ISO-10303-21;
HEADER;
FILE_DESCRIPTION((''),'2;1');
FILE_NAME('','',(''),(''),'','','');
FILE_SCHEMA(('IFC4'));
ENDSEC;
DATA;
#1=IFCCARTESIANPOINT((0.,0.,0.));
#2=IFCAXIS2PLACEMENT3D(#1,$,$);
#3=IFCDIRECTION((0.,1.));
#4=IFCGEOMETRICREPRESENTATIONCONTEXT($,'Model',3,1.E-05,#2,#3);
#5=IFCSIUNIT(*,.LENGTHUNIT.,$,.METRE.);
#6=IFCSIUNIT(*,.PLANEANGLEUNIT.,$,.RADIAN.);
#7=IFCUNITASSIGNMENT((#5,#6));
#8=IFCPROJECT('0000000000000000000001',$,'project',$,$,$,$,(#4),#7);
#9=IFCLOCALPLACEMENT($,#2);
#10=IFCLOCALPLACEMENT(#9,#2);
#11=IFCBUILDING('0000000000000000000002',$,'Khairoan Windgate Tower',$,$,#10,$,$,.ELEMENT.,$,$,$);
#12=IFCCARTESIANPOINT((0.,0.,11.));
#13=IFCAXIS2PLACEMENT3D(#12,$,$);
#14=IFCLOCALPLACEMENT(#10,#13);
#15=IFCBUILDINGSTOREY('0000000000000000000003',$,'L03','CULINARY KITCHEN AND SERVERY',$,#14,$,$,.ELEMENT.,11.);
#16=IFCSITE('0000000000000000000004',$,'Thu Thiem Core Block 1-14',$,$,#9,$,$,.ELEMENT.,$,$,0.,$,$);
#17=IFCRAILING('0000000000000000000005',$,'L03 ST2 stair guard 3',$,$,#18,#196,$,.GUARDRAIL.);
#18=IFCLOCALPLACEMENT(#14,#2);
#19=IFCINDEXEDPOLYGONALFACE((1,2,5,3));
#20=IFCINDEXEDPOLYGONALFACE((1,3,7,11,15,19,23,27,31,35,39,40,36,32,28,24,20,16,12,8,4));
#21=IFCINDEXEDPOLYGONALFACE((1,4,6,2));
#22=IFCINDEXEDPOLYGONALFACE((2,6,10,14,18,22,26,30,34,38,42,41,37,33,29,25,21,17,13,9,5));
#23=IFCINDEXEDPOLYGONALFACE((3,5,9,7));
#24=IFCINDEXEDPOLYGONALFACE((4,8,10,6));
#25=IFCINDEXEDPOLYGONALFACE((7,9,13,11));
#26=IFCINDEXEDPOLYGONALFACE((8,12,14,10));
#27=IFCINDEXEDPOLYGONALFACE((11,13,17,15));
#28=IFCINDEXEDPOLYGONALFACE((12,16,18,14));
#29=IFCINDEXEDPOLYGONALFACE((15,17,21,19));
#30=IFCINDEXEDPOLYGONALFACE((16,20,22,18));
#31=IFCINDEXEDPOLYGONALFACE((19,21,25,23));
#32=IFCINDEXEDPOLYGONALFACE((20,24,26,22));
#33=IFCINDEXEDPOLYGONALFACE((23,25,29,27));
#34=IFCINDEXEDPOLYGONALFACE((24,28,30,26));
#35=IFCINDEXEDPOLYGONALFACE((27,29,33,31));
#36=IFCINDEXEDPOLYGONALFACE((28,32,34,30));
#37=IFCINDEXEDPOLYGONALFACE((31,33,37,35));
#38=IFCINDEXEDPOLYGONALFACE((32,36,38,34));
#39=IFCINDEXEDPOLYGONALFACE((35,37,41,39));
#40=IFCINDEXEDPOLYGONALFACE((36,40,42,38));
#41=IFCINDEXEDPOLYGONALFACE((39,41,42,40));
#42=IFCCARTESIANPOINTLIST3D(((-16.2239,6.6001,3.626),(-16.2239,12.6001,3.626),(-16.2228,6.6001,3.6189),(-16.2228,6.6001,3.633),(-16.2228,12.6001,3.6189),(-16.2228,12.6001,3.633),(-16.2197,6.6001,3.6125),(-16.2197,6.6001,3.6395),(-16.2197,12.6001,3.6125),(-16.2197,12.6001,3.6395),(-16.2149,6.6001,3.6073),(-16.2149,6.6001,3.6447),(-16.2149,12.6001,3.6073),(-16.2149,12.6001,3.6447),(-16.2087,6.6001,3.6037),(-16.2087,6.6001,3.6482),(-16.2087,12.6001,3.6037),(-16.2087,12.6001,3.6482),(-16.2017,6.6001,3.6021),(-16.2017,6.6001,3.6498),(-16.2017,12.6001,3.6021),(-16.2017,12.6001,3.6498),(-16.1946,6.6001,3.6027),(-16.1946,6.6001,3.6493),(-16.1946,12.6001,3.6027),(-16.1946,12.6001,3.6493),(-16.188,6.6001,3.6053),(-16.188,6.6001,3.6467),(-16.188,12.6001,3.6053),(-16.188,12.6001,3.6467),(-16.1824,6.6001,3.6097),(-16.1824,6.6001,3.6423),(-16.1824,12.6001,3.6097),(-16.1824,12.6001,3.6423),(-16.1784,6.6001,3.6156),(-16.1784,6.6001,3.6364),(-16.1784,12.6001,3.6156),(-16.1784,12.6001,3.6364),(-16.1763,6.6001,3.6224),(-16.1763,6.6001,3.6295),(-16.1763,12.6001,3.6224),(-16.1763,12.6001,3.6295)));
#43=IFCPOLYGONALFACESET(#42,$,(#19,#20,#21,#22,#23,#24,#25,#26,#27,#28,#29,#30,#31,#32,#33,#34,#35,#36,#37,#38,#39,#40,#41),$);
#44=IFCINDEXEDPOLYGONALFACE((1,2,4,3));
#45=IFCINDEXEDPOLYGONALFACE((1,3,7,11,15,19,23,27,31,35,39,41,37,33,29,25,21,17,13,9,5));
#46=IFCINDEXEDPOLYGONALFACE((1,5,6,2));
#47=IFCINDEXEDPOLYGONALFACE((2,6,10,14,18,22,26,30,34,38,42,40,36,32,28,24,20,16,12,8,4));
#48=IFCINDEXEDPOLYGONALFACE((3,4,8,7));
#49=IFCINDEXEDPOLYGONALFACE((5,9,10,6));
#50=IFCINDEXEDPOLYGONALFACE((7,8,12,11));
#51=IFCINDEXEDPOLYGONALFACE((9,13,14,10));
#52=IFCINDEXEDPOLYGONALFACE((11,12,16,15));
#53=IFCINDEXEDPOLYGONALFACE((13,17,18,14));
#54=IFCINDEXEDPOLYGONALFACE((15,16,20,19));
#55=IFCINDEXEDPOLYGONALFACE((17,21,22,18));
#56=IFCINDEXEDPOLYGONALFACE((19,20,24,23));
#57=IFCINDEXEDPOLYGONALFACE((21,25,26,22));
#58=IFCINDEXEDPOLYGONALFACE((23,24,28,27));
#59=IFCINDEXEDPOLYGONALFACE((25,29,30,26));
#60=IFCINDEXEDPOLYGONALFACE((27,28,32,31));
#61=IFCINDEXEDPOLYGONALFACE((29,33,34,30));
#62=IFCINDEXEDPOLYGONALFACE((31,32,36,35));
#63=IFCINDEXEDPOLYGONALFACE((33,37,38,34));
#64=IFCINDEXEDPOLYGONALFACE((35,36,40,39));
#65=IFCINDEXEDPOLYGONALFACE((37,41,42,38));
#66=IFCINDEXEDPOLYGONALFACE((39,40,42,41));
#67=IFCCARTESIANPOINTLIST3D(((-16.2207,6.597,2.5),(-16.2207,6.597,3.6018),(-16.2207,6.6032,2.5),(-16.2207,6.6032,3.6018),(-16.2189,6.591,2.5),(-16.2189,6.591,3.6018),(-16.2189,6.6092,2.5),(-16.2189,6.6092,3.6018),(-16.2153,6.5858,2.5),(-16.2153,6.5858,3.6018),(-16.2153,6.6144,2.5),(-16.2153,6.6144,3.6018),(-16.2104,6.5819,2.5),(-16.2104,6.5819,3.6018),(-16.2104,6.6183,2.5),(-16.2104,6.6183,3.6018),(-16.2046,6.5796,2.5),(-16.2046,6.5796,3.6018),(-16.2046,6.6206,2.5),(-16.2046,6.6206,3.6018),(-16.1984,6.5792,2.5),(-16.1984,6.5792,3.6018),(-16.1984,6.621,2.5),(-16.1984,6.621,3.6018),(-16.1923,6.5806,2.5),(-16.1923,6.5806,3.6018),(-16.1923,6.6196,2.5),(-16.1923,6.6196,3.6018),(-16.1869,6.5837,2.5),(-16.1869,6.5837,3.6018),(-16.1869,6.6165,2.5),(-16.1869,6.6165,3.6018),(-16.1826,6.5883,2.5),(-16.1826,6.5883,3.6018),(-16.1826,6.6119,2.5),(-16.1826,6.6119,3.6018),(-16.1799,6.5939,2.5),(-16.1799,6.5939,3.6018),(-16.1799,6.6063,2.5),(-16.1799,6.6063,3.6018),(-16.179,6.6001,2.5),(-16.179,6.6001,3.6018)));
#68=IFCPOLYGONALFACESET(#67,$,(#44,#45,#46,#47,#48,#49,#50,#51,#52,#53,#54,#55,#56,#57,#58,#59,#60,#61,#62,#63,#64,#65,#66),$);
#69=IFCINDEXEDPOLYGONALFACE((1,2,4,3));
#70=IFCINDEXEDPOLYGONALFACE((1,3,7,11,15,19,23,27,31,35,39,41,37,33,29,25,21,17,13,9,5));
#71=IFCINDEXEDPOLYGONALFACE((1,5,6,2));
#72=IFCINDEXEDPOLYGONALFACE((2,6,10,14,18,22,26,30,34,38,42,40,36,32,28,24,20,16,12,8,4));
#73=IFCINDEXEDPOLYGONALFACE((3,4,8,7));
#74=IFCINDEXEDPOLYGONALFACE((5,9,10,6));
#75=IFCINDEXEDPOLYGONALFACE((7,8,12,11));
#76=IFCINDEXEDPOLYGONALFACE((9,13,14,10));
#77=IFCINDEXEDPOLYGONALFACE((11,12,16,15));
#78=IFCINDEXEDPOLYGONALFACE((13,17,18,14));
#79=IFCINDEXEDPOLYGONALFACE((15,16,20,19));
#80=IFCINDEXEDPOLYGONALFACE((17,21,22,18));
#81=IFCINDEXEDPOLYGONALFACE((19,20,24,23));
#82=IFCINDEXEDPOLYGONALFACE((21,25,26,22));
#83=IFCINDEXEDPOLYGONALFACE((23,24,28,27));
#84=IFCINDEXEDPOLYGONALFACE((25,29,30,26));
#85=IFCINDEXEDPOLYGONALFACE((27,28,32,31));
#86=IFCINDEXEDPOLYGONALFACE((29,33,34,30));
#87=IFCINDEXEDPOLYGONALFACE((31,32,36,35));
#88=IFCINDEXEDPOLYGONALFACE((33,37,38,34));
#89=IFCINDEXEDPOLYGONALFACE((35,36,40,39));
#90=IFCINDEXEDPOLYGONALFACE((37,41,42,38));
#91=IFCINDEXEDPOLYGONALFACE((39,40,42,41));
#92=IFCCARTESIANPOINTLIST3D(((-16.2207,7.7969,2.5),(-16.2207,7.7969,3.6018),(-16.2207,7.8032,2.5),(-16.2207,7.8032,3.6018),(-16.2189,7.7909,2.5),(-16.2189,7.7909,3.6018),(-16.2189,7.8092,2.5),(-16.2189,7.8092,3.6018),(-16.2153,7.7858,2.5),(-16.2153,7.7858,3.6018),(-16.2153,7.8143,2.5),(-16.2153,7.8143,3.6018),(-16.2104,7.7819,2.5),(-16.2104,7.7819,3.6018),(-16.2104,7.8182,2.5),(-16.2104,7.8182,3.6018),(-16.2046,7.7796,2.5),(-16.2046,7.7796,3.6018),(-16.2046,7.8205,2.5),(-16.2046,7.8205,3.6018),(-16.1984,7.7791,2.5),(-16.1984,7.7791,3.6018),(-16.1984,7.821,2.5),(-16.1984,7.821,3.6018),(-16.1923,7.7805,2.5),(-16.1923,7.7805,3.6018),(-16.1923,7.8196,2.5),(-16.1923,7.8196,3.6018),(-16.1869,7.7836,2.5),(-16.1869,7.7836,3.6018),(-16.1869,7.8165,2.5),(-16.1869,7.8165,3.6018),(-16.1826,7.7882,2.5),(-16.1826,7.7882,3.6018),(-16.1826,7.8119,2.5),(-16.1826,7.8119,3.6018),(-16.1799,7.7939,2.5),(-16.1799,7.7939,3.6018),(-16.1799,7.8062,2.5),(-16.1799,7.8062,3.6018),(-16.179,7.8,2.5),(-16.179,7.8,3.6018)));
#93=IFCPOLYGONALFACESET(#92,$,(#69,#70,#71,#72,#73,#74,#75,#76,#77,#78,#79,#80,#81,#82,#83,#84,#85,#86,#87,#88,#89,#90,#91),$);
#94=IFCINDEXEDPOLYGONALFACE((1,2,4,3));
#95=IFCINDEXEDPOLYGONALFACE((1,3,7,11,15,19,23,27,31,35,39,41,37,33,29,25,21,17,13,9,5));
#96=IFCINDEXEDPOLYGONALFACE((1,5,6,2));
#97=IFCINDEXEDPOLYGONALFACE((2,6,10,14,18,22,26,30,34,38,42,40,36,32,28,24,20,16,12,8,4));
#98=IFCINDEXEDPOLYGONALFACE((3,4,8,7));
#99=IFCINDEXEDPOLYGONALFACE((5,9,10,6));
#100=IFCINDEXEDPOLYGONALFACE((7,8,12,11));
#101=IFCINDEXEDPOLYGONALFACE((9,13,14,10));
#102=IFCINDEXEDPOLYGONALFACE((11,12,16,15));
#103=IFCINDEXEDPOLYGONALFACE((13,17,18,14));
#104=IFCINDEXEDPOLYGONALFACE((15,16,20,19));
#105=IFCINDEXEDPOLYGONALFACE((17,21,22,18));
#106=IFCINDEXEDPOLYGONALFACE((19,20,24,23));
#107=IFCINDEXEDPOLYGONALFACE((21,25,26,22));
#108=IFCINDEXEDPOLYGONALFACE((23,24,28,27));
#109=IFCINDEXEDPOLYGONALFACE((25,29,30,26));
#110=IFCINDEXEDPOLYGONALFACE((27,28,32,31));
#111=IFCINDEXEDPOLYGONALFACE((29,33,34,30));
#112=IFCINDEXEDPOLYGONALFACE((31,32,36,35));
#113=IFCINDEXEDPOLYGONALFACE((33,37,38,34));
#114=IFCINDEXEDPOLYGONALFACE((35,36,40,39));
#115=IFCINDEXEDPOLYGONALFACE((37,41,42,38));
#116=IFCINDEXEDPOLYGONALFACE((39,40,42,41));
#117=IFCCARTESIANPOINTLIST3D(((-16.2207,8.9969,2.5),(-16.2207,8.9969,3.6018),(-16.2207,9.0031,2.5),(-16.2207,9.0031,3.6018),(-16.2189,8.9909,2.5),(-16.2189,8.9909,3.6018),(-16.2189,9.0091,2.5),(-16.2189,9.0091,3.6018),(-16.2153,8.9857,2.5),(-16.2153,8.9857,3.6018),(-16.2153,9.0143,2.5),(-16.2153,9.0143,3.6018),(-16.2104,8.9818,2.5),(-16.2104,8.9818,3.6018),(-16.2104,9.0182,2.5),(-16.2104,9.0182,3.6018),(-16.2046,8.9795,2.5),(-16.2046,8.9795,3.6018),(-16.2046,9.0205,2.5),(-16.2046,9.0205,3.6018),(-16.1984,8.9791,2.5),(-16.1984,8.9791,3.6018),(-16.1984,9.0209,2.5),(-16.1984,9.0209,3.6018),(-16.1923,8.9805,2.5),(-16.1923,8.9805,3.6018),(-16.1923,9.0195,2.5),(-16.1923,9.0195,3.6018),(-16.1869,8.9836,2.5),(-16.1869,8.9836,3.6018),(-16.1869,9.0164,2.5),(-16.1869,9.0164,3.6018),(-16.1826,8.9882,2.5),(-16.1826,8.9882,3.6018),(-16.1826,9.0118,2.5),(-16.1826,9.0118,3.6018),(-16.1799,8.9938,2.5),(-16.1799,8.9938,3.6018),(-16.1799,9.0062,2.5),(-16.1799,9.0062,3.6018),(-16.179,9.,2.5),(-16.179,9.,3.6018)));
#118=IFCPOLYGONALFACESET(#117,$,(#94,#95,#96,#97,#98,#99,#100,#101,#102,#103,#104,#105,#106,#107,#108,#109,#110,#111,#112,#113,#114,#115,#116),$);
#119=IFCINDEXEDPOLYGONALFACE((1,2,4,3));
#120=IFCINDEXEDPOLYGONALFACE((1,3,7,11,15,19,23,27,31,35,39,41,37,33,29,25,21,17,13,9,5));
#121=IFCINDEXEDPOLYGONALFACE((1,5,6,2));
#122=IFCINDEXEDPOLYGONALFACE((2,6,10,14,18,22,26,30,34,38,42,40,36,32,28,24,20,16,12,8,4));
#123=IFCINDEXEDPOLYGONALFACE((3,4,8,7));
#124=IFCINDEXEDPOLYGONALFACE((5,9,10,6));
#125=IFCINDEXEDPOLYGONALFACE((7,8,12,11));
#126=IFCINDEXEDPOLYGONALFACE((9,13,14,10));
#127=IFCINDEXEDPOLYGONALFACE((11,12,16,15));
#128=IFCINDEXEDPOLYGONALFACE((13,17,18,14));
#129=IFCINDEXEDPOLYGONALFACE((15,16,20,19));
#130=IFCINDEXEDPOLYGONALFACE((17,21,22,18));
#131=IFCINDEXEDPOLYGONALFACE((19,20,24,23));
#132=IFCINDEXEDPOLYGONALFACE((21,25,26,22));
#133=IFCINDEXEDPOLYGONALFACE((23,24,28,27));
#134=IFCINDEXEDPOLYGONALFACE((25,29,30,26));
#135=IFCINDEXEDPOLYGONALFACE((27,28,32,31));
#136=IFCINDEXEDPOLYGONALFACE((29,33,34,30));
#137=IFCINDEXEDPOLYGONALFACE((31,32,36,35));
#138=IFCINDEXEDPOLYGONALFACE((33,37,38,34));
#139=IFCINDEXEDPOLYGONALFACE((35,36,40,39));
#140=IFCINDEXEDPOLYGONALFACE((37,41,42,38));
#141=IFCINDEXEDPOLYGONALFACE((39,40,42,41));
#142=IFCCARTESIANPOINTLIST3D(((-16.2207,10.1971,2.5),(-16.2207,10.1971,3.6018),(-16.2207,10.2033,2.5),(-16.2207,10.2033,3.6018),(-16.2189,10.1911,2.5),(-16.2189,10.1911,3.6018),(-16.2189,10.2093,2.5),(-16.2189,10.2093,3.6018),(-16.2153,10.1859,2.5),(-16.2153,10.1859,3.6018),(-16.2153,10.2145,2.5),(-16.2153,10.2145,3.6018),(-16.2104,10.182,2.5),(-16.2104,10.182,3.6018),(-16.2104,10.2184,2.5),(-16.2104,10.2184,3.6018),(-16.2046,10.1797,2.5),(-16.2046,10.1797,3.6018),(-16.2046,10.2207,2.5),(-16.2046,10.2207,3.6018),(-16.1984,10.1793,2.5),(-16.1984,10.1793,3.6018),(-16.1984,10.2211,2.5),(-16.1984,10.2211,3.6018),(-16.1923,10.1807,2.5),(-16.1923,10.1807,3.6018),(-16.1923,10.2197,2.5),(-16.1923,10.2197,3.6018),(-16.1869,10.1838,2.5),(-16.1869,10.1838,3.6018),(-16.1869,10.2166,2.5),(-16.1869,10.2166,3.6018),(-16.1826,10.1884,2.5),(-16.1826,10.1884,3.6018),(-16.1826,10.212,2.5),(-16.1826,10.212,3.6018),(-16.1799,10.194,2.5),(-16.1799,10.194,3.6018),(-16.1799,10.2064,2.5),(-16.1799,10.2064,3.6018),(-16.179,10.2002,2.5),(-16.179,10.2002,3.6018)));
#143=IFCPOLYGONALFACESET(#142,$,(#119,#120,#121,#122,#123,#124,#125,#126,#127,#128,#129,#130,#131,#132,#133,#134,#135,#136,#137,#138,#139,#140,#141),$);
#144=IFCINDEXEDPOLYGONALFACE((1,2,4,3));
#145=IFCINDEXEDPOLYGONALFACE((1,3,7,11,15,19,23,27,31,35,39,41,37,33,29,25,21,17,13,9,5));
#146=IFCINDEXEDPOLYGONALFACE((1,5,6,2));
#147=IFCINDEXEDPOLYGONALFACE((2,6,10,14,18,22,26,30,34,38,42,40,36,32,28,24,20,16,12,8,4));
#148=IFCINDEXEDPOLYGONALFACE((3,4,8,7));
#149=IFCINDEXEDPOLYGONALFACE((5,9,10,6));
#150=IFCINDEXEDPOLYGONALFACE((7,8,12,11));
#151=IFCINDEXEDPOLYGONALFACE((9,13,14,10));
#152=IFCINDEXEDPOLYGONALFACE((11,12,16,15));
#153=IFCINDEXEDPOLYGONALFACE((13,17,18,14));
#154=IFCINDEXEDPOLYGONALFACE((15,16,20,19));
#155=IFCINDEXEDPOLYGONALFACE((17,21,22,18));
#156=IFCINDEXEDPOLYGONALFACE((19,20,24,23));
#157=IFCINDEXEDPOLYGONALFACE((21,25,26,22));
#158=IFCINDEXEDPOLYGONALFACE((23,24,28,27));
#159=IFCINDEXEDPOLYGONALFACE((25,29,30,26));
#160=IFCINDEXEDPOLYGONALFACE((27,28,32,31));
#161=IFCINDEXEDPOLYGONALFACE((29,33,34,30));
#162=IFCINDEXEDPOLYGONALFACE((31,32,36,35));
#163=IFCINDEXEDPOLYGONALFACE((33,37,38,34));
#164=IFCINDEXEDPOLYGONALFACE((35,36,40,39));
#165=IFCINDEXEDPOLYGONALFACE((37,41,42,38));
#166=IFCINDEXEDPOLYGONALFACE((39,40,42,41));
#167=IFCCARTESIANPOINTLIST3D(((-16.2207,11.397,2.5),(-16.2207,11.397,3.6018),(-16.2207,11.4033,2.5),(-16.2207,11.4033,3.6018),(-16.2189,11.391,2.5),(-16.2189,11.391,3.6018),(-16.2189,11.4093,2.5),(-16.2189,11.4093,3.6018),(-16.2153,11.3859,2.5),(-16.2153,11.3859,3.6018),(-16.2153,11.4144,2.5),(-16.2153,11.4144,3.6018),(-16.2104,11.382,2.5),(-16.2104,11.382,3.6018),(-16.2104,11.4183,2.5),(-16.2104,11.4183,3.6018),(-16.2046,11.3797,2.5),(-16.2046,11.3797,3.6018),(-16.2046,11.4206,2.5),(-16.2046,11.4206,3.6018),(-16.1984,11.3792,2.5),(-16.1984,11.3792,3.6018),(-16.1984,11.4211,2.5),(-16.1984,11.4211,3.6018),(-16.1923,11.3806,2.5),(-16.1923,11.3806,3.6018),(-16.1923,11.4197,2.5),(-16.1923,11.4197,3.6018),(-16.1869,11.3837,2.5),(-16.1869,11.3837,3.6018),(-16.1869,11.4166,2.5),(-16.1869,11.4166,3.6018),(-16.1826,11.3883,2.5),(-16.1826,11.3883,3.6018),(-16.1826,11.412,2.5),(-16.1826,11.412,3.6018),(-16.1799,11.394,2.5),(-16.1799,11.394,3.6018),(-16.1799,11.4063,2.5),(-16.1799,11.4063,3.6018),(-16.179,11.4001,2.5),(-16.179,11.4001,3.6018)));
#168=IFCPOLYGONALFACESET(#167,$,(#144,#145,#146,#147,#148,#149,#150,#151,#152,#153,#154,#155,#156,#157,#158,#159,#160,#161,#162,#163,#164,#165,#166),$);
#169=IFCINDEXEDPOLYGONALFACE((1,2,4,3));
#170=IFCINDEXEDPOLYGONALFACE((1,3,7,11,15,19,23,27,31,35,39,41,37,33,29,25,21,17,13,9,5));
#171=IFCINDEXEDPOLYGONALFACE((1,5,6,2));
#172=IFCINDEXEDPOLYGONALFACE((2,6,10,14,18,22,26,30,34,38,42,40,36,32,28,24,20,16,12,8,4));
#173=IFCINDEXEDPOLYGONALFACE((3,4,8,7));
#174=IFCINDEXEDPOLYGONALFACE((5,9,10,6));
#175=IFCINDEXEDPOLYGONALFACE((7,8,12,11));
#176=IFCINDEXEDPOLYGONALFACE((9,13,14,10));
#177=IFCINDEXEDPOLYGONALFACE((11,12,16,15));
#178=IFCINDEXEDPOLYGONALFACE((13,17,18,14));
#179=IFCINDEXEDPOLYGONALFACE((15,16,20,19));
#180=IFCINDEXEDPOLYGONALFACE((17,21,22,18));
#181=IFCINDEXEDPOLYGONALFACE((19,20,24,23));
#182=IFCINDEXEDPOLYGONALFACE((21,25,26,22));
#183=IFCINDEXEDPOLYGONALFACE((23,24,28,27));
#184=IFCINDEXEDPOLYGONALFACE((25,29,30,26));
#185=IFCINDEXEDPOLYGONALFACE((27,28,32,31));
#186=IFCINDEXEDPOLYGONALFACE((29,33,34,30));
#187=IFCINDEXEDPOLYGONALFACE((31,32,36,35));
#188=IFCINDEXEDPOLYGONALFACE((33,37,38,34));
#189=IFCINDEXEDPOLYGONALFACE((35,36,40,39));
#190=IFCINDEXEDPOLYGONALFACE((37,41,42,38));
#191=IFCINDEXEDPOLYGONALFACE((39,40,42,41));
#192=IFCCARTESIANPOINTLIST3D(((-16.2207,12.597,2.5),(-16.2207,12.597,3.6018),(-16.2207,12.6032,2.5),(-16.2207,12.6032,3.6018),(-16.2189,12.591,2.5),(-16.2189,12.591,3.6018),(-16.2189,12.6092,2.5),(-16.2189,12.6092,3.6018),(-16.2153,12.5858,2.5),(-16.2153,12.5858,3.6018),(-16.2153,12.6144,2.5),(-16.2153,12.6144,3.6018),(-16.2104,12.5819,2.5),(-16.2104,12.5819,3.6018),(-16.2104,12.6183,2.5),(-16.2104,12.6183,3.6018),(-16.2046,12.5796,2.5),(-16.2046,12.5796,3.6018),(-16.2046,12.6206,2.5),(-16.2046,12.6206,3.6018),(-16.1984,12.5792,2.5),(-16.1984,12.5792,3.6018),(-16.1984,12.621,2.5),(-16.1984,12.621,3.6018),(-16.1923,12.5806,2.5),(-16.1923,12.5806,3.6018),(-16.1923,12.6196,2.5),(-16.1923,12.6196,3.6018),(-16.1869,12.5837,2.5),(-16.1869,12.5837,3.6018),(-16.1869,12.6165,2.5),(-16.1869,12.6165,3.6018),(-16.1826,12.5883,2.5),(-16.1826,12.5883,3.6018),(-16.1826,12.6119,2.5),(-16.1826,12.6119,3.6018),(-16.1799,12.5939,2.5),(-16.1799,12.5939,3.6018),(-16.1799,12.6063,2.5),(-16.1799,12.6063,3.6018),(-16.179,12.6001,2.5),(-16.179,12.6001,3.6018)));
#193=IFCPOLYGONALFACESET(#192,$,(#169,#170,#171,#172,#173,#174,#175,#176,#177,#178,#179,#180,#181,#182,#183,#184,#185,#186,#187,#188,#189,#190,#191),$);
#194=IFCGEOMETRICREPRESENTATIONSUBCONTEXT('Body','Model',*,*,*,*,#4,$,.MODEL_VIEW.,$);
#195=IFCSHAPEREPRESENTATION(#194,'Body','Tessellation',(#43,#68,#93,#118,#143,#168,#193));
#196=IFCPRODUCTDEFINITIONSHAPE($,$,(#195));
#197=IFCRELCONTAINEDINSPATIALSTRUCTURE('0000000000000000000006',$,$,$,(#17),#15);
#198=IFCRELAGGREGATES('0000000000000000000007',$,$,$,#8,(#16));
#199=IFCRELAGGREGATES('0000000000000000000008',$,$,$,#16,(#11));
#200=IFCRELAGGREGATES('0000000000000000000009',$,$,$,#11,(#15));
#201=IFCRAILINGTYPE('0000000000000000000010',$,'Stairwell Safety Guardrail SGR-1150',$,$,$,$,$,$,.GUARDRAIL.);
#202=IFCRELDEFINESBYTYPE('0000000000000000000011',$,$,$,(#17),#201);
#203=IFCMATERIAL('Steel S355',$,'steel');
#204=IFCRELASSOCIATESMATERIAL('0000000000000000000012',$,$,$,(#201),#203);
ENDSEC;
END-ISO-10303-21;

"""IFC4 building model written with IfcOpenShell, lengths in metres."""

from ifc_helpers import new_model, si_unit, direction, frame, origin, origin_2d, place, context, subcontext, project, spatial, circle, extrude, material, type_object, element, save


model = new_model("IFC4")

# Units and contexts
model_context = context("Model", 3, precision=1e-05, world=origin(), true_north=direction((0.0, 1.0)))
body_context = subcontext(model_context, "Body", "Model", "MODEL_VIEW")
ifc_project = project(units=[si_unit("LENGTHUNIT", "METRE"), si_unit("PLANEANGLEUNIT", "RADIAN")], contexts=[model_context])

# Site, building, storey
site_placement = place(None, origin())
site = spatial("IfcSite", under=ifc_project, at=site_placement, Name="Thu Thiem Core Block 1-14", CompositionType="ELEMENT", RefElevation=0.0)
building_placement = place(site_placement, origin())
building = spatial("IfcBuilding", under=site, at=building_placement, Name="Khairoan Windgate Tower", CompositionType="ELEMENT")
storey_placement = place(building_placement, frame((0.0, 0.0, 11.0)))
storey = spatial("IfcBuildingStorey", under=building, at=storey_placement, Name="L03", Description="CULINARY KITCHEN AND SERVERY", CompositionType="ELEMENT", Elevation=11.0)

# Railing
ifc_material_1 = material(Name="Steel S355", Category="steel")
railing_type_1 = type_object("IfcRailingType", Name="Stairwell Safety Guardrail SGR-1150", PredefinedType="GUARDRAIL", material=ifc_material_1)
for number, where, name in (
    (1, (-16.2, 6.6001, 2.5), "L03 ST2 stair guard 3"),
):
    element("IfcRailing", number, at=place(storey_placement, frame(where)), inside=storey, type_object=railing_type_1, Name=name, PredefinedType="GUARDRAIL", context=body_context, shape_type="SweptSolid", body=[
        extrude(circle(Radius=0.0239, at=origin_2d()), frame((0.0, 0.0, 1.126), z_axis=(0.0, 1.0, 0.0), x_axis=(-1.0, 0.0, 0.0)), (0.0, 0.0, 1.0), 6.0),
        extrude(circle(Radius=0.021, at=origin_2d()), origin(), (0.0, 0.0, 1.0), 1.1018),
        extrude(circle(Radius=0.021, at=origin_2d()), frame((0.0, 1.2, 0.0)), (0.0, 0.0, 1.0), 1.1018),
        extrude(circle(Radius=0.021, at=origin_2d()), frame((0.0, 2.3999, 0.0)), (0.0, 0.0, 1.0), 1.1018),
        extrude(circle(Radius=0.021, at=origin_2d()), frame((0.0, 3.6001, 0.0)), (0.0, 0.0, 1.0), 1.1018),
        extrude(circle(Radius=0.021, at=origin_2d()), frame((0.0, 4.8, 0.0)), (0.0, 0.0, 1.0), 1.1018),
        extrude(circle(Radius=0.021, at=origin_2d()), frame((0.0, 6.0, 0.0)), (0.0, 0.0, 1.0), 1.1018),
    ])

save(model, "model.ifc")
